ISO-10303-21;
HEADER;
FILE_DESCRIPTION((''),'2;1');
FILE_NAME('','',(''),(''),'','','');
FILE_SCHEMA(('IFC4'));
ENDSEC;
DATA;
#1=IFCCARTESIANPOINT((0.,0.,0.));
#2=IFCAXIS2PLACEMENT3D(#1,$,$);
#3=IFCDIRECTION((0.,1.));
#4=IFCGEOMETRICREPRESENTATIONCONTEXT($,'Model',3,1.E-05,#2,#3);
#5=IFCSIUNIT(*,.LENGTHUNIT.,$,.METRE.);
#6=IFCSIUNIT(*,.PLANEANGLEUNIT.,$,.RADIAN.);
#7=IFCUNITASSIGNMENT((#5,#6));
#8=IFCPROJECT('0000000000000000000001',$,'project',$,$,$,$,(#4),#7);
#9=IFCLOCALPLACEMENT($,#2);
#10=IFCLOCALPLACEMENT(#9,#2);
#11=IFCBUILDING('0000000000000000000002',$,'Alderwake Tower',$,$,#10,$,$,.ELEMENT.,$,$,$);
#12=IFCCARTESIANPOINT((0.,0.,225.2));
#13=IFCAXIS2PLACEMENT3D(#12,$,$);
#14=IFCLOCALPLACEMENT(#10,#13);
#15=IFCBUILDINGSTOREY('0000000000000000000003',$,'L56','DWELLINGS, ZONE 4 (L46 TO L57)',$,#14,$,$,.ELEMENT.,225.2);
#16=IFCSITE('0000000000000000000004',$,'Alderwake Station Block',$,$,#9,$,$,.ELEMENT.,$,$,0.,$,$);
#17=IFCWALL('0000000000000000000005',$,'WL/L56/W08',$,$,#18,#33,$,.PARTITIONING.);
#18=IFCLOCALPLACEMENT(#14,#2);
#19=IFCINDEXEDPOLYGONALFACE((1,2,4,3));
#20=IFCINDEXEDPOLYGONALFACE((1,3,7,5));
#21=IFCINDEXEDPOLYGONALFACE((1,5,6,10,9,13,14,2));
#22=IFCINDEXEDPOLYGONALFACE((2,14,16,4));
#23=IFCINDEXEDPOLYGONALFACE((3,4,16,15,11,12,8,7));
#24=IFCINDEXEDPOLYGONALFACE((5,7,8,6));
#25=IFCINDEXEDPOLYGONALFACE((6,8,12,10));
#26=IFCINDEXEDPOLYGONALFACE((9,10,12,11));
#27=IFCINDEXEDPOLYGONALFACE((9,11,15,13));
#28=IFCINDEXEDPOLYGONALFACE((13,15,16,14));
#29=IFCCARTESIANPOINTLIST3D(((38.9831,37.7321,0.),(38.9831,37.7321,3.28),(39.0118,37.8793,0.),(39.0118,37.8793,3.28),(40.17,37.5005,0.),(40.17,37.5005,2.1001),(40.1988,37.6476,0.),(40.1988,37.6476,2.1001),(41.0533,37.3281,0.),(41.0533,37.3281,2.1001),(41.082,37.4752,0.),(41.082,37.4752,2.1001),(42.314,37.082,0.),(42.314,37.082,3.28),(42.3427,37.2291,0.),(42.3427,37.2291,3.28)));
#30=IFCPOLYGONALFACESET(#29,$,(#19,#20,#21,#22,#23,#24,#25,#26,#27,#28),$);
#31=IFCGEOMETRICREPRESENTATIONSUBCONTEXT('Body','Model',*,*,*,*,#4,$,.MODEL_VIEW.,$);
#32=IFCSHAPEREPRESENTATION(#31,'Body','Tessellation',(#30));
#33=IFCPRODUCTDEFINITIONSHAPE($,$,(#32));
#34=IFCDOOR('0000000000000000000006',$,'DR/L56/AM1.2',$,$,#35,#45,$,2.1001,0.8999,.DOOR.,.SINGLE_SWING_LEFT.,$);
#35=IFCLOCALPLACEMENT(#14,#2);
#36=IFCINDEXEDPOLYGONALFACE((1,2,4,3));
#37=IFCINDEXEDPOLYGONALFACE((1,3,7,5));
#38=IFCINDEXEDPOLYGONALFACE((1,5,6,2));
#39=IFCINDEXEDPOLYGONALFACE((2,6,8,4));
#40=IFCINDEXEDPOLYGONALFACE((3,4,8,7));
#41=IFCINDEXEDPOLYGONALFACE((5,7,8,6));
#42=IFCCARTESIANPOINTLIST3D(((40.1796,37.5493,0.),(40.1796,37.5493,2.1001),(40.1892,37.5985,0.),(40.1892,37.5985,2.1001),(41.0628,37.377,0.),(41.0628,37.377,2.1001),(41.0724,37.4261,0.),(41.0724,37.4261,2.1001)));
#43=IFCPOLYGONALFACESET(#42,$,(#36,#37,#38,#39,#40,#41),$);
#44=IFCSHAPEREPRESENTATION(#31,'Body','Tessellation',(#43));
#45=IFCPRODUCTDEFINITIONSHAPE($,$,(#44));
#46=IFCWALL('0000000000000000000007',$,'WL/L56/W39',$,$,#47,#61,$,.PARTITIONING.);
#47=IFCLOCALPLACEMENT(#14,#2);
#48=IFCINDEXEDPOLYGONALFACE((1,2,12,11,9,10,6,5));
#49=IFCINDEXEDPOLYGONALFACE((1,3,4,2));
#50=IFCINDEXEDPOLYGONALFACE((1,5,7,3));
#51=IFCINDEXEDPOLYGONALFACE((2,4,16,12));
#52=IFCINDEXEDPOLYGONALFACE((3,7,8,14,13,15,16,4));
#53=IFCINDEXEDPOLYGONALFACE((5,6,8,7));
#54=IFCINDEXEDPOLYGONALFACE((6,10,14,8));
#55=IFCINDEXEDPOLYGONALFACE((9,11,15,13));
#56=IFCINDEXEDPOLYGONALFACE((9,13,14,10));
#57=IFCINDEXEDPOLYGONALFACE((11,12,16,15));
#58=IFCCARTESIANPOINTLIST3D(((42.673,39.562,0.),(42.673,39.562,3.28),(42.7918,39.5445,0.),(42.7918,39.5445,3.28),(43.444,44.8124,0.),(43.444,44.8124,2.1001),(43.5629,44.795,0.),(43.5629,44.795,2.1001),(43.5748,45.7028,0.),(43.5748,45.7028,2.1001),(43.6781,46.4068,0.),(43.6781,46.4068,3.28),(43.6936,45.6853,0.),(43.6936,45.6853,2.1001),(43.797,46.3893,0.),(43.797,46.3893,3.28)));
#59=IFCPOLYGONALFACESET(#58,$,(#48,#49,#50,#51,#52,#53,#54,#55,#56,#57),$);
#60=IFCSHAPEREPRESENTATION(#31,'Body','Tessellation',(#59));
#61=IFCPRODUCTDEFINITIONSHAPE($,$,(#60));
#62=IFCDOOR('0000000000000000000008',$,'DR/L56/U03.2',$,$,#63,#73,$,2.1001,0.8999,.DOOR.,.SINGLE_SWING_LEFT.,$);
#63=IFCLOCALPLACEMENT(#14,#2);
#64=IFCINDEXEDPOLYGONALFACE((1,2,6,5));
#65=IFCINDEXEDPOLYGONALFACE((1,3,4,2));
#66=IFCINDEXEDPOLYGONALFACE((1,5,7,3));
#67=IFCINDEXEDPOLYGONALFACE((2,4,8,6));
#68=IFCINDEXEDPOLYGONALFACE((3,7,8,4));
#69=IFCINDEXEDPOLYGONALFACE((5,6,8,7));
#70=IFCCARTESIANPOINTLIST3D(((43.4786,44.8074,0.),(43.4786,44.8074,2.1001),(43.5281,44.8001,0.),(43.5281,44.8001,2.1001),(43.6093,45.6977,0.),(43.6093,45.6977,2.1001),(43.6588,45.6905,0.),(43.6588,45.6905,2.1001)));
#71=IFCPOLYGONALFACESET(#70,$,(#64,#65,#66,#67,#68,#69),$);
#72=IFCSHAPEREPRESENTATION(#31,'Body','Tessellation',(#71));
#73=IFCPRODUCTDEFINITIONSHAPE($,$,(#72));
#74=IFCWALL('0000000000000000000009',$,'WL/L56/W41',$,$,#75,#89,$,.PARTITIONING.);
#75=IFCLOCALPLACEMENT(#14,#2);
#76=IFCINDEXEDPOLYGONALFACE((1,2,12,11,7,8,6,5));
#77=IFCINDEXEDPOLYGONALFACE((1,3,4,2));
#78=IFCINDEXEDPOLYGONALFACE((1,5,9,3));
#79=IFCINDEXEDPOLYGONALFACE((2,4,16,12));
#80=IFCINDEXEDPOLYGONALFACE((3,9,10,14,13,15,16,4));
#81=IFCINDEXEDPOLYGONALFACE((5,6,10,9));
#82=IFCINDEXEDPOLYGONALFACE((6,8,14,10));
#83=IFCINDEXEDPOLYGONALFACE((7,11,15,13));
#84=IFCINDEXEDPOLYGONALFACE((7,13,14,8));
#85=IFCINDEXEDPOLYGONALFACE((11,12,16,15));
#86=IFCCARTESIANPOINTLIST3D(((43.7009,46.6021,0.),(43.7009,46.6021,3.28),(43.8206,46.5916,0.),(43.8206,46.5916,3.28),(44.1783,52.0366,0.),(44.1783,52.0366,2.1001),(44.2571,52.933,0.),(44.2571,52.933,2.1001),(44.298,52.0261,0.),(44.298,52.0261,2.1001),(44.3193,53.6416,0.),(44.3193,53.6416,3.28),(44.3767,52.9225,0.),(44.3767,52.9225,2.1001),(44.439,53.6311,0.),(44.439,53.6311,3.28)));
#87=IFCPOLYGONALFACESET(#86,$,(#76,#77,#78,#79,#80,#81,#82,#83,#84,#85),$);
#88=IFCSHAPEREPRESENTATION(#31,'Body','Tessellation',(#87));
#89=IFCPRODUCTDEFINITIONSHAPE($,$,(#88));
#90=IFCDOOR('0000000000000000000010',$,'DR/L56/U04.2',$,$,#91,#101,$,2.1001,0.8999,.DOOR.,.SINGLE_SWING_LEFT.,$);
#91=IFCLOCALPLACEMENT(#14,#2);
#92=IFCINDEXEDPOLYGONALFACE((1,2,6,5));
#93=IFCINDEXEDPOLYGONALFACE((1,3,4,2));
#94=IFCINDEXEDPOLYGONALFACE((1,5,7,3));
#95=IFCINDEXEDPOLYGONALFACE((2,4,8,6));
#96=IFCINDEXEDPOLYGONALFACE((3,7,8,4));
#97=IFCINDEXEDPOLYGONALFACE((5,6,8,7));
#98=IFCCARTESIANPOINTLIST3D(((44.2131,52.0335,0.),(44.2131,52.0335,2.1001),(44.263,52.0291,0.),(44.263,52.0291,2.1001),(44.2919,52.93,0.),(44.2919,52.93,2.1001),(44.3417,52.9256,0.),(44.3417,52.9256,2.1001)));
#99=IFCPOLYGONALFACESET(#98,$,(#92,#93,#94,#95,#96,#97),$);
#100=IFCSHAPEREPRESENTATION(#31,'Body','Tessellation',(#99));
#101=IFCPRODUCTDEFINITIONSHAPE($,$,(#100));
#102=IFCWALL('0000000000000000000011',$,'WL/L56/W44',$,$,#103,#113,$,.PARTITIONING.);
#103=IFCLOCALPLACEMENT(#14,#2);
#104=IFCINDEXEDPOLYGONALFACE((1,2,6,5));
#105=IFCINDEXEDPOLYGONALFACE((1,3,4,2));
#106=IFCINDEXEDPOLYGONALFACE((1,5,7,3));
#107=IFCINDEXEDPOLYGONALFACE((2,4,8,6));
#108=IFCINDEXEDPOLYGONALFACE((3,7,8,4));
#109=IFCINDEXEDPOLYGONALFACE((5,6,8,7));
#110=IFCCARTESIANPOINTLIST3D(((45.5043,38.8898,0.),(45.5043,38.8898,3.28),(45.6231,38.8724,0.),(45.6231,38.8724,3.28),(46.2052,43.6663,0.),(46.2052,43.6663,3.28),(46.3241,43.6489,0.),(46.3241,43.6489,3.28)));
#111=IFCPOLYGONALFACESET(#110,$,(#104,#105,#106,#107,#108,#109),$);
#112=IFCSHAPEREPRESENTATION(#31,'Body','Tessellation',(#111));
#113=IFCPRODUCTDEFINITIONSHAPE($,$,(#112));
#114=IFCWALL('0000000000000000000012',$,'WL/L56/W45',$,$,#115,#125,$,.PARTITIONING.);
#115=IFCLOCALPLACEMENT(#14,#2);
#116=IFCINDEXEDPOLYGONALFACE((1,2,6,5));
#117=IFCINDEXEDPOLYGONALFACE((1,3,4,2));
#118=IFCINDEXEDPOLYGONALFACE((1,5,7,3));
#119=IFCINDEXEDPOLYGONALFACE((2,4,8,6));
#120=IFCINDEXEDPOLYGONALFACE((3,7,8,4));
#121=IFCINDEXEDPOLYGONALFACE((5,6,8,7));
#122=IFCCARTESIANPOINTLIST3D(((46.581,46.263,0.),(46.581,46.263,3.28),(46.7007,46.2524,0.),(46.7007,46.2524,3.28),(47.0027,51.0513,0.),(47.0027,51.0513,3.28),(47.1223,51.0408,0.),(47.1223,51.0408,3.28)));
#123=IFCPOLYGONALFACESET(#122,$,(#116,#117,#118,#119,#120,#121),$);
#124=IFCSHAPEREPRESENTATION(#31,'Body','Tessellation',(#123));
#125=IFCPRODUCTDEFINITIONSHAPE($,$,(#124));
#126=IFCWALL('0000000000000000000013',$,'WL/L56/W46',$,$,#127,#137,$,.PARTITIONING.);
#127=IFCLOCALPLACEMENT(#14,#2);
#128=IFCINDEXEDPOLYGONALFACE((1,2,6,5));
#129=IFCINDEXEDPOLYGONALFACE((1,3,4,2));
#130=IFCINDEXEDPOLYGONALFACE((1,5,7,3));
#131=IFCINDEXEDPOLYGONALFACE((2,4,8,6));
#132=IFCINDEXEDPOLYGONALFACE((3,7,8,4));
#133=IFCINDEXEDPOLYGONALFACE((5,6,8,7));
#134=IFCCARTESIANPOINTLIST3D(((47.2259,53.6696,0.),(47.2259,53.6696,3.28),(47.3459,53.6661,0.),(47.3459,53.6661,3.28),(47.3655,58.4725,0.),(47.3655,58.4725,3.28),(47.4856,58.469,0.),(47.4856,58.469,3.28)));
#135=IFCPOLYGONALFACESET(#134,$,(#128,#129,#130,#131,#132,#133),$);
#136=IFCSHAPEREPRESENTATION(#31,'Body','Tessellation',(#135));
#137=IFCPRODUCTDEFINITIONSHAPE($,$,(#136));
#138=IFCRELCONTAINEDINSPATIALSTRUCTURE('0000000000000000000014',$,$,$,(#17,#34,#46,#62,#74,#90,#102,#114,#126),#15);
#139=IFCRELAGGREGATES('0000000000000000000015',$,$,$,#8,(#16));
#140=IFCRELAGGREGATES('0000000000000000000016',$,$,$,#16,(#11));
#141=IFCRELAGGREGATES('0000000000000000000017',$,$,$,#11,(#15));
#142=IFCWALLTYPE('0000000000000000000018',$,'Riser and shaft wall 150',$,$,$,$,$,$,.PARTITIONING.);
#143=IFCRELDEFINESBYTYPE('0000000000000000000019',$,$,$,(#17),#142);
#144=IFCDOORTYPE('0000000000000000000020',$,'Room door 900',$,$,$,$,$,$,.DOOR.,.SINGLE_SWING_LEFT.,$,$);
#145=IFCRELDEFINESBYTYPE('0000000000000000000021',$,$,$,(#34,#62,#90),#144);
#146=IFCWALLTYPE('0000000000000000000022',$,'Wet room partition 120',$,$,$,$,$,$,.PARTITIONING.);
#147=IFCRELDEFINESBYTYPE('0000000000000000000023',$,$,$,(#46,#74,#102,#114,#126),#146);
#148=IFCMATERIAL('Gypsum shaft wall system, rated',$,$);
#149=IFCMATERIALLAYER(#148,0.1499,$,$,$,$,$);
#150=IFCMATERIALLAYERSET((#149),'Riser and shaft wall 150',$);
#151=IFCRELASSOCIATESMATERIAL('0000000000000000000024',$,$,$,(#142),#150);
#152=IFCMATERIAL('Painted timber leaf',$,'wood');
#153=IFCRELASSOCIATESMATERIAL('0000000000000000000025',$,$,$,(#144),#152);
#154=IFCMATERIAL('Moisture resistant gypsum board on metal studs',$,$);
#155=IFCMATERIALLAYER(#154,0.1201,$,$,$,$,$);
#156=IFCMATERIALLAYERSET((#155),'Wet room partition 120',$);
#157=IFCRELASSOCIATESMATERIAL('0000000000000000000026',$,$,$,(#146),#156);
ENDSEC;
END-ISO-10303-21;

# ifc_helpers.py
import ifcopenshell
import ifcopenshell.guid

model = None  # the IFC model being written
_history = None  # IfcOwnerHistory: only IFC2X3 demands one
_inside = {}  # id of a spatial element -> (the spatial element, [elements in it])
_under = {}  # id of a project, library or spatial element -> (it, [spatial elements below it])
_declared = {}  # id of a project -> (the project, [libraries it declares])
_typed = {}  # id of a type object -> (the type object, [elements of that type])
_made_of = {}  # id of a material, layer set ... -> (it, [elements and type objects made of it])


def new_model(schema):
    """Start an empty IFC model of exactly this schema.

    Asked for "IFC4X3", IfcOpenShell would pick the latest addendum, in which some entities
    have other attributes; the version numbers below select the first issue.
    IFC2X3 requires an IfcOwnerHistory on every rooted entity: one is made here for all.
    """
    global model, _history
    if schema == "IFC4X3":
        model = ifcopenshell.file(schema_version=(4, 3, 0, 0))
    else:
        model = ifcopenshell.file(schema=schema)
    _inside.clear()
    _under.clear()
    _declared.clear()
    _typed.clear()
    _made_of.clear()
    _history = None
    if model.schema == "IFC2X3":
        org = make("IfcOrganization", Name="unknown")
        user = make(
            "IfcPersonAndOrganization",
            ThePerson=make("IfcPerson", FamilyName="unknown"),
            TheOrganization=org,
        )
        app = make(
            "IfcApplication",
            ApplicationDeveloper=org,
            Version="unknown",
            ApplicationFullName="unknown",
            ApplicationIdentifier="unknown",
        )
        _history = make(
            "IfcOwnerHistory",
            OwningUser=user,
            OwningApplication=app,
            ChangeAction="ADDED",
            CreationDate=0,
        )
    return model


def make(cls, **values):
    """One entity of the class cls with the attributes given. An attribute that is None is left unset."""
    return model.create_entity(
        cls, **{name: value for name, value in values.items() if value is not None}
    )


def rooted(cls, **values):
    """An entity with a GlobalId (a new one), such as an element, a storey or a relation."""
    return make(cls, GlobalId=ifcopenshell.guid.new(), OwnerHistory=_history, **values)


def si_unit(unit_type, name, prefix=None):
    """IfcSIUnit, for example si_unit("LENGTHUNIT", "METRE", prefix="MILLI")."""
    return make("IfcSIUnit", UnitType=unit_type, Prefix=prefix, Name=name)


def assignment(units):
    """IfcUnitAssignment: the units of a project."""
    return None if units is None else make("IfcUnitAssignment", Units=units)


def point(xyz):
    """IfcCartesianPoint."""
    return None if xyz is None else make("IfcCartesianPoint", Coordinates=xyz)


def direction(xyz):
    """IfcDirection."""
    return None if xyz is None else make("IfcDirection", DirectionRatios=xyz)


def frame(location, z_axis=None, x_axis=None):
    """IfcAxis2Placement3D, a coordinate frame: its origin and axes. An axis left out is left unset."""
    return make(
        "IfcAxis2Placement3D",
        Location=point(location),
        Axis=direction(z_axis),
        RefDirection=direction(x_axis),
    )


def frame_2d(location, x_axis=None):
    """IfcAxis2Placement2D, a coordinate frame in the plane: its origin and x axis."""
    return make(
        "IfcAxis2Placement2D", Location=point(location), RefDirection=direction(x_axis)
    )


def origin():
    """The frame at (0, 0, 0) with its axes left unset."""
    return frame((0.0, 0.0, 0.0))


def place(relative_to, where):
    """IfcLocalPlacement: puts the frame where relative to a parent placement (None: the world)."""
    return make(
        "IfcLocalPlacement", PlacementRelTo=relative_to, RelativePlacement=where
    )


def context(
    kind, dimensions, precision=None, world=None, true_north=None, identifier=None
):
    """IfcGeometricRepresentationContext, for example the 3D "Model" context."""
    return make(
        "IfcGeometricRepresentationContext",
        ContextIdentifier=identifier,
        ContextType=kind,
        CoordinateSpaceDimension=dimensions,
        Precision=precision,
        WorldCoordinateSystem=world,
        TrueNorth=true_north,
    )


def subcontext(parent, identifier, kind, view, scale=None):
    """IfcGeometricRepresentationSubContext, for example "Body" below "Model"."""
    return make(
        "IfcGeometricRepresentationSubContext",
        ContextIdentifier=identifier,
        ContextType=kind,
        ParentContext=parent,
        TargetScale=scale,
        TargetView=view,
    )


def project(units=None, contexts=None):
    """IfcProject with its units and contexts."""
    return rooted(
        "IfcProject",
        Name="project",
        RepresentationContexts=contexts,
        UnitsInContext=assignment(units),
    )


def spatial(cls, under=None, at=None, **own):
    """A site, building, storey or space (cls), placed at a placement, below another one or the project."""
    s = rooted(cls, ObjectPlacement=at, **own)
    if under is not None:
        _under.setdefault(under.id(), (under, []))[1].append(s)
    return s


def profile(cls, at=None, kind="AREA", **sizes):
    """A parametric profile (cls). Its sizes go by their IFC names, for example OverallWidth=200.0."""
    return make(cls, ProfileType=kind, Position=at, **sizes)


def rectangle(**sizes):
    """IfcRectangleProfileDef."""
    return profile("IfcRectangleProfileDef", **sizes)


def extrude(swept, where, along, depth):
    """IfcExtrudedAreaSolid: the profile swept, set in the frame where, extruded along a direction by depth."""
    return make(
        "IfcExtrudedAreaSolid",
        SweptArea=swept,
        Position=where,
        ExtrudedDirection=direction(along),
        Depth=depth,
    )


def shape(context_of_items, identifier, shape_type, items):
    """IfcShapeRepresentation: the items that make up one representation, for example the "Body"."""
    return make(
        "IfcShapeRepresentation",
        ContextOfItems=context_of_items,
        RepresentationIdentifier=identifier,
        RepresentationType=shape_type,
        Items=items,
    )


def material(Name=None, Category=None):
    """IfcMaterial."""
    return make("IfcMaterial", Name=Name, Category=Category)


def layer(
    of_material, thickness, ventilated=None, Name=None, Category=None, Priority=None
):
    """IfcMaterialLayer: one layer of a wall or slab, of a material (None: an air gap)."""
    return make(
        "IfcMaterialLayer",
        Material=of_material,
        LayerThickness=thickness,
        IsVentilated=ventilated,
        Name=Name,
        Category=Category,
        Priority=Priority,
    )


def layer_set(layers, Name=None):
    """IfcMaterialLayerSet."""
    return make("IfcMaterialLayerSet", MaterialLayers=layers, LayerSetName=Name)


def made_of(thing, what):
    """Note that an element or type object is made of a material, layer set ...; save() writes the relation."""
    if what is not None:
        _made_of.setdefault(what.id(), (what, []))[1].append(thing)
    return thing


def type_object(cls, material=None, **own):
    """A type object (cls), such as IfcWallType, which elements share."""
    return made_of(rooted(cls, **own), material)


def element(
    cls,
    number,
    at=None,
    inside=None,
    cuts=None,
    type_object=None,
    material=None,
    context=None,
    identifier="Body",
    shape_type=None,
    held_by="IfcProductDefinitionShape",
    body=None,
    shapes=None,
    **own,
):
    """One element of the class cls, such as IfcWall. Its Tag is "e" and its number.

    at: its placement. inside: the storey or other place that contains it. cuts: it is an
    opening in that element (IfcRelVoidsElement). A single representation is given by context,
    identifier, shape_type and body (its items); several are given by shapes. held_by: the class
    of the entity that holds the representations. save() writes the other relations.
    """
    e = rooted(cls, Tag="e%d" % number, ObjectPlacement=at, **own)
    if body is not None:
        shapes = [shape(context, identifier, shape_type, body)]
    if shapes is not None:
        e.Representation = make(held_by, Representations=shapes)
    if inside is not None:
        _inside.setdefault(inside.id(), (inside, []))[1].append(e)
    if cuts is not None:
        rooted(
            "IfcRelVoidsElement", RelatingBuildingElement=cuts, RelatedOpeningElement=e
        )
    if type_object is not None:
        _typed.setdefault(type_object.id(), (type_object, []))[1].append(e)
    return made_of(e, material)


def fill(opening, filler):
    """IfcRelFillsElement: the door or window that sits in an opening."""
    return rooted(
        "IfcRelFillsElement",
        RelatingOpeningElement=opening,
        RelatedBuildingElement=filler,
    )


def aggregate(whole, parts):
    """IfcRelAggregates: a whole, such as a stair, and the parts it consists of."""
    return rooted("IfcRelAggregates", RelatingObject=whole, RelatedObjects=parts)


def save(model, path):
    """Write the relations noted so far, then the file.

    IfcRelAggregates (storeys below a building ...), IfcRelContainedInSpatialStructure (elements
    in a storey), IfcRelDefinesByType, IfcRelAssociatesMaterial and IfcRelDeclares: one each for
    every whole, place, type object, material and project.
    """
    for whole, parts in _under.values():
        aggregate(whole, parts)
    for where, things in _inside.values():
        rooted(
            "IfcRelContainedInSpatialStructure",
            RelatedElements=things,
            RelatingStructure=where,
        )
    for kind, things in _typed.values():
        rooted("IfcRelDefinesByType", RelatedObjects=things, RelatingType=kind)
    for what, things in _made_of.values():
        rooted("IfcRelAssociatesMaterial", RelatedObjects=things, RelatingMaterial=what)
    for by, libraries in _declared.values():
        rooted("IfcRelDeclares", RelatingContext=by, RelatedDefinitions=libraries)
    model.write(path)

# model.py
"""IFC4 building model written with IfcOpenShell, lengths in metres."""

from ifc_helpers import new_model, si_unit, direction, frame, frame_2d, origin, place, context, subcontext, project, spatial, rectangle, extrude, material, layer, layer_set, type_object, element, fill, save


model = new_model("IFC4")

# Units and contexts
model_context = context("Model", 3, precision=1e-05, world=origin(), true_north=direction((0.0, 1.0)))
body_context = subcontext(model_context, "Body", "Model", "MODEL_VIEW")
ifc_project = project(units=[si_unit("LENGTHUNIT", "METRE"), si_unit("PLANEANGLEUNIT", "RADIAN")], contexts=[model_context])

# Site, building, storey
site_placement = place(None, origin())
site = spatial("IfcSite", under=ifc_project, at=site_placement, Name="Alderwake Station Block", CompositionType="ELEMENT", RefElevation=0.0)
building_placement = place(site_placement, origin())
building = spatial("IfcBuilding", under=site, at=building_placement, Name="Alderwake Tower", CompositionType="ELEMENT")
storey_placement = place(building_placement, frame((0.0, 0.0, 225.2)))
storey = spatial("IfcBuildingStorey", under=building, at=storey_placement, Name="L56", Description="DWELLINGS, ZONE 4 (L46 TO L57)", CompositionType="ELEMENT", Elevation=225.2)

# Walls, openings, doors
ifc_material_1 = material(Name="Gypsum shaft wall system, rated")
ifc_layer_1 = layer(ifc_material_1, 0.1499)
ifc_layer_set_1 = layer_set([ifc_layer_1], Name="Riser and shaft wall 150")
wall_type_1 = type_object("IfcWallType", Name="Riser and shaft wall 150", PredefinedType="PARTITIONING", material=ifc_layer_set_1)
wall_1_placement = place(storey_placement, frame((38.9976, 37.8057, 0.0), z_axis=(0.0, 0.0, 1.0), x_axis=(0.98148, -0.191563, 0.0)))
wall_1 = element("IfcWall", 1, at=wall_1_placement, inside=storey, type_object=wall_type_1, Name="WL/L56/W08", PredefinedType="PARTITIONING", context=body_context, shape_type="SweptSolid", body=[
    extrude(rectangle(XDim=3.3938, YDim=0.1499, at=frame_2d((1.6968, 0.0))), origin(), (0.0, 0.0, 1.0), 3.28),
])
opening_1_placement = place(wall_1_placement, frame((1.2092, 0.0, 0.0)))
opening_1 = element("IfcOpeningElement", 2, at=opening_1_placement, cuts=wall_1, PredefinedType="OPENING", context=body_context, shape_type="SweptSolid", body=[
    extrude(rectangle(XDim=0.8999, YDim=2.1001, at=frame_2d((0.45, 1.05))), frame((0.0, 0.085, 0.0), z_axis=(0.0, -1.0, 0.0), x_axis=(1.0, 0.0, 0.0)), (0.0, 0.0, 1.0), 0.1699),
])
ifc_material_2 = material(Name="Painted timber leaf", Category="wood")
door_type_1 = type_object("IfcDoorType", Name="Room door 900", OperationType="SINGLE_SWING_LEFT", PredefinedType="DOOR", material=ifc_material_2)
door_1_placement = place(opening_1_placement, origin())
door_1 = element("IfcDoor", 3, at=door_1_placement, inside=storey, type_object=door_type_1, Name="DR/L56/AM1.2", OperationType="SINGLE_SWING_LEFT", OverallHeight=2.1001, OverallWidth=0.8999, PredefinedType="DOOR", context=body_context, shape_type="SweptSolid", body=[
    extrude(rectangle(XDim=0.8999, YDim=2.1001, at=frame_2d((0.45, 1.05))), frame((0.0, 0.0249, 0.0), z_axis=(0.0, -1.0, 0.0), x_axis=(1.0, 0.0, 0.0)), (0.0, 0.0, 1.0), 0.05),
])
fill(opening_1, door_1)
ifc_material_3 = material(Name="Moisture resistant gypsum board on metal studs")
ifc_layer_2 = layer(ifc_material_3, 0.1201)
ifc_layer_set_2 = layer_set([ifc_layer_2], Name="Wet room partition 120")
wall_type_2 = type_object("IfcWallType", Name="Wet room partition 120", PredefinedType="PARTITIONING", material=ifc_layer_set_2)
wall_2_placement = place(storey_placement, frame((43.7375, 46.3979, 0.0), z_axis=(0.0, 0.0, 1.0), x_axis=(-0.145289, -0.989389, 0.0)))
wall_2 = element("IfcWall", 4, at=wall_2_placement, inside=storey, type_object=wall_type_2, Name="WL/L56/W39", PredefinedType="PARTITIONING", context=body_context, shape_type="SweptSolid", body=[
    extrude(rectangle(XDim=6.9182, YDim=0.1201, at=frame_2d((3.459, 0.0))), origin(), (0.0, 0.0, 1.0), 3.28),
])
opening_2_placement = place(wall_2_placement, frame((0.7114, 0.0, 0.0)))
opening_2 = element("IfcOpeningElement", 5, at=opening_2_placement, cuts=wall_2, PredefinedType="OPENING", context=body_context, shape_type="SweptSolid", body=[
    extrude(rectangle(XDim=0.8999, YDim=2.1001, at=frame_2d((0.45, 1.05))), frame((0.0, 0.0701, 0.0), z_axis=(0.0, -1.0, 0.0), x_axis=(1.0, 0.0, 0.0)), (0.0, 0.0, 1.0), 0.1401),
])
door_2_placement = place(opening_2_placement, origin())
door_2 = element("IfcDoor", 6, at=door_2_placement, inside=storey, type_object=door_type_1, Name="DR/L56/U03.2", OperationType="SINGLE_SWING_LEFT", OverallHeight=2.1001, OverallWidth=0.8999, PredefinedType="DOOR", context=body_context, shape_type="SweptSolid", body=[
    extrude(rectangle(XDim=0.8999, YDim=2.1001, at=frame_2d((0.45, 1.05))), frame((0.0, 0.0249, 0.0), z_axis=(0.0, -1.0, 0.0), x_axis=(1.0, 0.0, 0.0)), (0.0, 0.0, 1.0), 0.05),
])
fill(opening_2, door_2)
wall_3_placement = place(storey_placement, frame((44.3792, 53.6362, 0.0), z_axis=(0.0, 0.0, 1.0), x_axis=(-0.087511, -0.996164, 0.0)))
wall_3 = element("IfcWall", 7, at=wall_3_placement, inside=storey, type_object=wall_type_2, Name="WL/L56/W41", PredefinedType="PARTITIONING", context=body_context, shape_type="SweptSolid", body=[
    extrude(rectangle(XDim=7.0667, YDim=0.1201, at=frame_2d((3.5332, 0.0))), origin(), (0.0, 0.0, 1.0), 3.28),
])
opening_3_placement = place(wall_3_placement, frame((0.7112, 0.0, 0.0)))
opening_3 = element("IfcOpeningElement", 8, at=opening_3_placement, cuts=wall_3, PredefinedType="OPENING", context=body_context, shape_type="SweptSolid", body=[
    extrude(rectangle(XDim=0.8999, YDim=2.1001, at=frame_2d((0.45, 1.05))), frame((0.0, 0.0701, 0.0), z_axis=(0.0, -1.0, 0.0), x_axis=(1.0, 0.0, 0.0)), (0.0, 0.0, 1.0), 0.1401),
])
door_3_placement = place(opening_3_placement, origin())
door_3 = element("IfcDoor", 9, at=door_3_placement, inside=storey, type_object=door_type_1, Name="DR/L56/U04.2", OperationType="SINGLE_SWING_LEFT", OverallHeight=2.1001, OverallWidth=0.8999, PredefinedType="DOOR", context=body_context, shape_type="SweptSolid", body=[
    extrude(rectangle(XDim=0.8999, YDim=2.1001, at=frame_2d((0.45, 1.05))), frame((0.0, 0.0249, 0.0), z_axis=(0.0, -1.0, 0.0), x_axis=(1.0, 0.0, 0.0)), (0.0, 0.0, 1.0), 0.05),
])
fill(opening_3, door_3)

# Walls
wall_4_placement = place(storey_placement, frame((45.5637, 38.8811, 0.0), z_axis=(0.0, 0.0, 1.0), x_axis=(0.145194, 0.989403, 0.0)))
element("IfcWall", 10, at=wall_4_placement, inside=storey, type_object=wall_type_2, Name="WL/L56/W44", PredefinedType="PARTITIONING", context=body_context, shape_type="SweptSolid", body=[
    extrude(rectangle(XDim=4.8276, YDim=0.1201, at=frame_2d((2.4138, 0.0))), origin(), (0.0, 0.0, 1.0), 3.28),
])
wall_5_placement = place(storey_placement, frame((46.6409, 46.2578, 0.0), z_axis=(0.0, 0.0, 1.0), x_axis=(0.087714, 0.996146, 0.0)))
element("IfcWall", 11, at=wall_5_placement, inside=storey, type_object=wall_type_2, Name="WL/L56/W45", PredefinedType="PARTITIONING", context=body_context, shape_type="SweptSolid", body=[
    extrude(rectangle(XDim=4.8069, YDim=0.1201, at=frame_2d((2.4033, 0.0))), origin(), (0.0, 0.0, 1.0), 3.28),
])
wall_6_placement = place(storey_placement, frame((47.2859, 53.668, 0.0), z_axis=(0.0, 0.0, 1.0), x_axis=(0.029063, 0.999578, 0.0)))
element("IfcWall", 12, at=wall_6_placement, inside=storey, type_object=wall_type_2, Name="WL/L56/W46", PredefinedType="PARTITIONING", context=body_context, shape_type="SweptSolid", body=[
    extrude(rectangle(XDim=4.8049, YDim=0.1201, at=frame_2d((2.4023, 0.0))), origin(), (0.0, 0.0, 1.0), 3.28),
])

save(model, "model.ifc")
